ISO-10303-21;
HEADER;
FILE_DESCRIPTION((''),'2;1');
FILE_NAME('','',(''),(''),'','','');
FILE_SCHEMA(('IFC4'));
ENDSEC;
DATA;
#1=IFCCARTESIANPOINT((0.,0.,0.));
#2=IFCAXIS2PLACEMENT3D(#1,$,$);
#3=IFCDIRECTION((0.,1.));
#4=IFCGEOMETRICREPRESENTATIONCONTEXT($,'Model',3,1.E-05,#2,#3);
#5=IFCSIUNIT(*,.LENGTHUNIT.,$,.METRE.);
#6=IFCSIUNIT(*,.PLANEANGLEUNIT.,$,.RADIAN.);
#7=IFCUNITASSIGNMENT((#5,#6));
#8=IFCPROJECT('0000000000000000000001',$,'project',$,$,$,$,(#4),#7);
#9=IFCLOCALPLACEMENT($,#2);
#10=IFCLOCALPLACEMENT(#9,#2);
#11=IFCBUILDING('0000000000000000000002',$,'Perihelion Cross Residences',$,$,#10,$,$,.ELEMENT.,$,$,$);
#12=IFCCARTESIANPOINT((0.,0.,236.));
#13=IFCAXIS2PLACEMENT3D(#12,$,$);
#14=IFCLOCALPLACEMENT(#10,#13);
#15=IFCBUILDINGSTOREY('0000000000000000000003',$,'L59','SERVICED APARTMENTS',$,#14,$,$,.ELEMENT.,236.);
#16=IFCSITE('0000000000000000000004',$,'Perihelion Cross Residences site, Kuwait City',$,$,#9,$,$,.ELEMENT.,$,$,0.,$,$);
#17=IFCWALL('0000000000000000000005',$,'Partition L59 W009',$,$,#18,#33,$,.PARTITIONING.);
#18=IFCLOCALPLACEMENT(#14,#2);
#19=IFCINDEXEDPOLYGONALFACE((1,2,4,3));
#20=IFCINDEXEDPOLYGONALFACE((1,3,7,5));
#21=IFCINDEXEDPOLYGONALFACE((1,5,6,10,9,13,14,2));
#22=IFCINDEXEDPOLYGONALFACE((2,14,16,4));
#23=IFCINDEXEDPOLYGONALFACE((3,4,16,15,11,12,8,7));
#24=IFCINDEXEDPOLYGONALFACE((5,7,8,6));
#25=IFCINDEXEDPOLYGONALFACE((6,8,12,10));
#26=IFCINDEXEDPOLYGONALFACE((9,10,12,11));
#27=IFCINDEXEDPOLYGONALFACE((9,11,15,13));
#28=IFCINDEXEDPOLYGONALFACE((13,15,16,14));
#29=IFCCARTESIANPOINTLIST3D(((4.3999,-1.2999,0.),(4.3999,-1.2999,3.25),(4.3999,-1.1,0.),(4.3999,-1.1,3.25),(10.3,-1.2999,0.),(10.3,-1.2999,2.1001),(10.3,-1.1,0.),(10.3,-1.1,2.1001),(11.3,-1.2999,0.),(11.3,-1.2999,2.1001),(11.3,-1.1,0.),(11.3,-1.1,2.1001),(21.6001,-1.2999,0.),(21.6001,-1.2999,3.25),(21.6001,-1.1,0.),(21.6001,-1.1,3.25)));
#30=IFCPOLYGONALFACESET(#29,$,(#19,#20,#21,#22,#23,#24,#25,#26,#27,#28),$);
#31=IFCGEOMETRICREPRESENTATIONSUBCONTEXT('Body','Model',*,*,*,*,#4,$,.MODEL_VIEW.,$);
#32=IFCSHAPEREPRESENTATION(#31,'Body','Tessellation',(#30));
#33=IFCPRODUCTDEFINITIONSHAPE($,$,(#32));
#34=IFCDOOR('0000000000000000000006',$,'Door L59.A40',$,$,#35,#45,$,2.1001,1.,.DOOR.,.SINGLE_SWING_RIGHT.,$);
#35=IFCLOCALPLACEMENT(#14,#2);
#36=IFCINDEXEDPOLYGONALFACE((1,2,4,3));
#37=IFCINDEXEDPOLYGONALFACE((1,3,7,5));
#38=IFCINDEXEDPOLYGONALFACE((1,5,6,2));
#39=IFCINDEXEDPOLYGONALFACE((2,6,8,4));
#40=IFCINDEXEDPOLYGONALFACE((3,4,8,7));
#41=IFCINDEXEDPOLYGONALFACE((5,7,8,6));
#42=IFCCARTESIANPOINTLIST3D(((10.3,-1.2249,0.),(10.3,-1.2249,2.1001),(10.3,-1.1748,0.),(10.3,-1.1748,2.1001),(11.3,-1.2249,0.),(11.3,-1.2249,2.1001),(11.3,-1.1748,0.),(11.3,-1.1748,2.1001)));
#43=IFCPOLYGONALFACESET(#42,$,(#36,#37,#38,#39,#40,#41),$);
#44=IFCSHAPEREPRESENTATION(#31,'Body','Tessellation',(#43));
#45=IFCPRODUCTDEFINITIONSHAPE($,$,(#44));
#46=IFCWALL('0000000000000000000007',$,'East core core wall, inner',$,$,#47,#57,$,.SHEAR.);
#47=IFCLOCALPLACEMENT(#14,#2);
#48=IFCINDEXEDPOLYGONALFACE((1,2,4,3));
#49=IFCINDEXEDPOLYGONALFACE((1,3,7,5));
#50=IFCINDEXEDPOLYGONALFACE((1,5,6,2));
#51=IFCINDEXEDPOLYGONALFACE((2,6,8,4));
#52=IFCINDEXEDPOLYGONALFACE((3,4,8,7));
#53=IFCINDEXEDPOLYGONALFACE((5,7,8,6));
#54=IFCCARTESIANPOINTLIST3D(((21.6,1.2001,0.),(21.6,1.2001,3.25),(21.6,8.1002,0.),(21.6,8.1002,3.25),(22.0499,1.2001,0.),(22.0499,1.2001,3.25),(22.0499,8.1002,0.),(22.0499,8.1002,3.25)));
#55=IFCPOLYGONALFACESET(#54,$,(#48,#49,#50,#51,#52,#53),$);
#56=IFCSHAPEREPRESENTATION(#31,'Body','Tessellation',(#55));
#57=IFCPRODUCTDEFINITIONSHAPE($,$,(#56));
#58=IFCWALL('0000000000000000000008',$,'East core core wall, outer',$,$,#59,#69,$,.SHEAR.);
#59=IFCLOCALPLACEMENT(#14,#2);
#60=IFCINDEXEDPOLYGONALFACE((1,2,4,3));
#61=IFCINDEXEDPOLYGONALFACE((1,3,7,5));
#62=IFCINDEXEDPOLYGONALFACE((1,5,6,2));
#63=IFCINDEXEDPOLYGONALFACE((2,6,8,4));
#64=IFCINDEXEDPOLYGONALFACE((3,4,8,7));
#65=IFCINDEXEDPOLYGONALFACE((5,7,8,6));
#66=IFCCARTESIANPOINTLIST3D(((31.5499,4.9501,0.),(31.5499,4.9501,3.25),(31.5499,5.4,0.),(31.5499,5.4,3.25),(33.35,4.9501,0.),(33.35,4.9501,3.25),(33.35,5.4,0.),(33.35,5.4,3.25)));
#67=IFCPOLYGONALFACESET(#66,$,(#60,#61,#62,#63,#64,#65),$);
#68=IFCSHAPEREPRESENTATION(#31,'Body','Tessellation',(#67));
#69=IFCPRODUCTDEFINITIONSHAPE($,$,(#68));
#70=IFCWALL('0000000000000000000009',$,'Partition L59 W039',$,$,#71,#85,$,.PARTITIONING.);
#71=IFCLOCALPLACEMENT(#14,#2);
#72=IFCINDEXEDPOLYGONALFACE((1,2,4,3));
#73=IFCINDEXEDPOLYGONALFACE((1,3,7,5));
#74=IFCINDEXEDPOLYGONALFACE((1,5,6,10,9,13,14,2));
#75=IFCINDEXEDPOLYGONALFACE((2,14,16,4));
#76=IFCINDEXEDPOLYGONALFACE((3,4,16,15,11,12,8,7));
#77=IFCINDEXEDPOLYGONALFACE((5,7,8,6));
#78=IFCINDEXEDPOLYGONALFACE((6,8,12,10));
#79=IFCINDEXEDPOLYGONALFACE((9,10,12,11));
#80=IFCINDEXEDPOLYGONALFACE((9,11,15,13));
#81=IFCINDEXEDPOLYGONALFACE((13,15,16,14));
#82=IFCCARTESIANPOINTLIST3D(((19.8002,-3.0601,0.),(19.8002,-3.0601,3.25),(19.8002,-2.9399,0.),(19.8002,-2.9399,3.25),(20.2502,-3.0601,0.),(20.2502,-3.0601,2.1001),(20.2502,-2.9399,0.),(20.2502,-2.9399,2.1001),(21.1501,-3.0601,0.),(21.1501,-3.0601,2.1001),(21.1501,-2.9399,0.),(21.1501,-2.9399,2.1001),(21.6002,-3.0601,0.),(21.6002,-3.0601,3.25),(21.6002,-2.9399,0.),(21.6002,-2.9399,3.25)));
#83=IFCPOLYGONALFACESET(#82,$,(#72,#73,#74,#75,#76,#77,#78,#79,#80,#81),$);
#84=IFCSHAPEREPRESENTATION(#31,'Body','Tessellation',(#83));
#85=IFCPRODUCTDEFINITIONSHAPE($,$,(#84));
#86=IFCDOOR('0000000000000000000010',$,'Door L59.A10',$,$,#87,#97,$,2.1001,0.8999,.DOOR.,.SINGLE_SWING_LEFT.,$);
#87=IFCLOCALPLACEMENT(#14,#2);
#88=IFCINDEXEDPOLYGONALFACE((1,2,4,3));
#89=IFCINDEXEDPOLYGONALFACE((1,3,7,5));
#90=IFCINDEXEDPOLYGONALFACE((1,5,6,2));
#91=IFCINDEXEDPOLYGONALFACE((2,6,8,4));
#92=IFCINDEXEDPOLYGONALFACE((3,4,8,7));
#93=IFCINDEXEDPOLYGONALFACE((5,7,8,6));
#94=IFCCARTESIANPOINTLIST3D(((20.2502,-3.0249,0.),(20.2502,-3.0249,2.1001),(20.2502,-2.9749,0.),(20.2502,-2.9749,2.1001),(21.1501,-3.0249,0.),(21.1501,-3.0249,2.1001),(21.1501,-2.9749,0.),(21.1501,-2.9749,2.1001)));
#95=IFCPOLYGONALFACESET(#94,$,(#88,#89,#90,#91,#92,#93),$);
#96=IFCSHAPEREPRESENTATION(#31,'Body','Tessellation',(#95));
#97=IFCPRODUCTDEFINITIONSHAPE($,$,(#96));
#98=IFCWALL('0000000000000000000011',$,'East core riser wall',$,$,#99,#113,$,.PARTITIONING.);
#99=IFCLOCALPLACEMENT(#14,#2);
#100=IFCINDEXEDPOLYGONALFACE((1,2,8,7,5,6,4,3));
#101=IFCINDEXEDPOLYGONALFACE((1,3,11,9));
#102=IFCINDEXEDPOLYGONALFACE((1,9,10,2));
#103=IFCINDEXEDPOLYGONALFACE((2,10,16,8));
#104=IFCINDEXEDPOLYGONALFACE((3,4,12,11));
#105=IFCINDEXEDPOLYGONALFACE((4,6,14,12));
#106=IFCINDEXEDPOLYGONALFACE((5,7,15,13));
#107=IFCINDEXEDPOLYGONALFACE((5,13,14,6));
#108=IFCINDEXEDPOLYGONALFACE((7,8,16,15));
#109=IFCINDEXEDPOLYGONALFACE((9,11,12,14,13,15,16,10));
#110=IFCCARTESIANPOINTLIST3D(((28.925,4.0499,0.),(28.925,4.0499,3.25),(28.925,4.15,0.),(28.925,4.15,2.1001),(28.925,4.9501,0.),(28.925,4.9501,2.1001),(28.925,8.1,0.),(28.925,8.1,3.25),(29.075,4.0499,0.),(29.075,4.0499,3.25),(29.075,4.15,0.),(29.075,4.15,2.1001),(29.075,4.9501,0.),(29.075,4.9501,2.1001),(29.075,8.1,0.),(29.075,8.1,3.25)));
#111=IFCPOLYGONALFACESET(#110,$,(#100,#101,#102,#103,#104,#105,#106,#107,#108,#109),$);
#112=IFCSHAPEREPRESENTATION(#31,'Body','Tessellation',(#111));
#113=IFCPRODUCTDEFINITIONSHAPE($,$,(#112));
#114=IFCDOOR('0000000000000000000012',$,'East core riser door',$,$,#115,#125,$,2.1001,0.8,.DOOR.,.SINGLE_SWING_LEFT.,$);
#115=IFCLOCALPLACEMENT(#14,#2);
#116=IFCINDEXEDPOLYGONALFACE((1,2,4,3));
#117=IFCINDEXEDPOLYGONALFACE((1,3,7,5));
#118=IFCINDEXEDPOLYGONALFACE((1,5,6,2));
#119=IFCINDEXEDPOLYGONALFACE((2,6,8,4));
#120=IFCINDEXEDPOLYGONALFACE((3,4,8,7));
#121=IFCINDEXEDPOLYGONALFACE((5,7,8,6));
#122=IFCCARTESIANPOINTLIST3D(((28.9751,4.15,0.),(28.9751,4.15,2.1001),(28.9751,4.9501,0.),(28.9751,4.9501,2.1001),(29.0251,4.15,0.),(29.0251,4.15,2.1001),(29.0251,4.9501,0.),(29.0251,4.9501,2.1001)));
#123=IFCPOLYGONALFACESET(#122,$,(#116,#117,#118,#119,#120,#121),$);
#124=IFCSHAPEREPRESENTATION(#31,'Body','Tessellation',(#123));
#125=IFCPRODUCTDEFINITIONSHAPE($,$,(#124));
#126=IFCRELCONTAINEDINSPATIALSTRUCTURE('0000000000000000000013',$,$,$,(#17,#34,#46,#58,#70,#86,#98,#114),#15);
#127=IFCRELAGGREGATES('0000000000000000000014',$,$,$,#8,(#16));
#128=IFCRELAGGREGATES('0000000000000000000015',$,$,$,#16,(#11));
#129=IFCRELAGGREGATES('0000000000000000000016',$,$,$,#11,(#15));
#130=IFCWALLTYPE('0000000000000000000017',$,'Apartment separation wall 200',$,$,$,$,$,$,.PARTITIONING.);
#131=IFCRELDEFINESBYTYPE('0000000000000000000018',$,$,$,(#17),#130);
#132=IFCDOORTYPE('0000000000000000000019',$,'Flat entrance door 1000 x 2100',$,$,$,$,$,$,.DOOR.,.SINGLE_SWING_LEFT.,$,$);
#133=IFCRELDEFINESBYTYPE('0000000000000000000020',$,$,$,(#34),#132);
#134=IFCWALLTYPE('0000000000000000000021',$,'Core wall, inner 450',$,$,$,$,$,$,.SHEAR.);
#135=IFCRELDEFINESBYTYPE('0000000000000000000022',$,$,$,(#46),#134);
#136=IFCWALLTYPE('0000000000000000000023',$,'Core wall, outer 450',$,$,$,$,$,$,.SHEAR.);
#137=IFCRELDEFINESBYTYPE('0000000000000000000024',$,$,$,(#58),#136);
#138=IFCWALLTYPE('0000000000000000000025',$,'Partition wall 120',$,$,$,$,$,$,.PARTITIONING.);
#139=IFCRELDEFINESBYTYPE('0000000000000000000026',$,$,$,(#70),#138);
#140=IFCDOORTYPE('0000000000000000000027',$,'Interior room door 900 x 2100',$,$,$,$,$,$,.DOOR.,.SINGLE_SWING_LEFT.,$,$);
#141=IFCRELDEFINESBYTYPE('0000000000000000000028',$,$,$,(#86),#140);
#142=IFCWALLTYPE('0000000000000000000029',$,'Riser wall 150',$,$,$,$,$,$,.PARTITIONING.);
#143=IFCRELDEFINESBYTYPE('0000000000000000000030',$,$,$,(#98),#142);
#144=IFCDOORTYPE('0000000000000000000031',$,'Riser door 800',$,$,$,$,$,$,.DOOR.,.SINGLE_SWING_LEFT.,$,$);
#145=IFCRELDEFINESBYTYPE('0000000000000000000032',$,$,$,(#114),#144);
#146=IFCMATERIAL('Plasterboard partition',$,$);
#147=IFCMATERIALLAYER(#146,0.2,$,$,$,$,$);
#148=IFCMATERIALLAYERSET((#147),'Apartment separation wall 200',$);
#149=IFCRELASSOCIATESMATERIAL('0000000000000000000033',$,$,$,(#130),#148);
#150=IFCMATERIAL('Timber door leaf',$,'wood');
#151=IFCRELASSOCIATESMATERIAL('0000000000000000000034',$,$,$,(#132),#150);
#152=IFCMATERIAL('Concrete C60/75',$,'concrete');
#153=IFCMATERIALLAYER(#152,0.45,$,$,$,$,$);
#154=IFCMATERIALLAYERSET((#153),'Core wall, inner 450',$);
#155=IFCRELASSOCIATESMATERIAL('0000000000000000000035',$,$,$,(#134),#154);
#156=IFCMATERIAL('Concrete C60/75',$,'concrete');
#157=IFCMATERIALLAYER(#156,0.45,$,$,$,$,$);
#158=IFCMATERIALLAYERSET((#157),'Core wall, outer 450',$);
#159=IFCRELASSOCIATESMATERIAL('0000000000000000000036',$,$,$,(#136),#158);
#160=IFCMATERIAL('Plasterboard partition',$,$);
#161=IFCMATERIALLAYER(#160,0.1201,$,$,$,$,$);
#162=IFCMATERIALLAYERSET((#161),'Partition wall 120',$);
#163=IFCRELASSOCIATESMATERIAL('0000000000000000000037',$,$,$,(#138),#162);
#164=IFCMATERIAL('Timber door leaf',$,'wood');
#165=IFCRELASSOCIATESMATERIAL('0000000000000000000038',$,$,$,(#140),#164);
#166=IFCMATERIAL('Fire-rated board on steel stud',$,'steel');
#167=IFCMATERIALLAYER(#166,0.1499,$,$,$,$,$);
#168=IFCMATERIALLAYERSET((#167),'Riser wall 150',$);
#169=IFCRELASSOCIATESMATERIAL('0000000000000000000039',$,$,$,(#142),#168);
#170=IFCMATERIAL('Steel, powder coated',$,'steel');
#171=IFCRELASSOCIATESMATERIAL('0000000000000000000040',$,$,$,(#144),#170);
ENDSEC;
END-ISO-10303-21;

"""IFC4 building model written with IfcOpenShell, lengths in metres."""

from ifc_helpers import new_model, si_unit, direction, frame, frame_2d, origin, place, context, subcontext, project, spatial, rectangle, extrude, material, layer, layer_set, type_object, element, fill, save


model = new_model("IFC4")

# Units and contexts
model_context = context("Model", 3, precision=1e-05, world=origin(), true_north=direction((0.0, 1.0)))
body_context = subcontext(model_context, "Body", "Model", "MODEL_VIEW")
ifc_project = project(units=[si_unit("LENGTHUNIT", "METRE"), si_unit("PLANEANGLEUNIT", "RADIAN")], contexts=[model_context])

# Site, building, storey
site_placement = place(None, origin())
site = spatial("IfcSite", under=ifc_project, at=site_placement, Name="Perihelion Cross Residences site, Kuwait City", CompositionType="ELEMENT", RefElevation=0.0)
building_placement = place(site_placement, origin())
building = spatial("IfcBuilding", under=site, at=building_placement, Name="Perihelion Cross Residences", CompositionType="ELEMENT")
storey_placement = place(building_placement, frame((0.0, 0.0, 236.0)))
storey = spatial("IfcBuildingStorey", under=building, at=storey_placement, Name="L59", Description="SERVICED APARTMENTS", CompositionType="ELEMENT", Elevation=236.0)

# Wall, opening, door
ifc_material_1 = material(Name="Plasterboard partition")
ifc_layer_1 = layer(ifc_material_1, 0.2)
ifc_layer_set_1 = layer_set([ifc_layer_1], Name="Apartment separation wall 200")
wall_type_1 = type_object("IfcWallType", Name="Apartment separation wall 200", PredefinedType="PARTITIONING", material=ifc_layer_set_1)
wall_1_placement = place(storey_placement, frame((21.6001, -1.2, 0.0), z_axis=(0.0, 0.0, 1.0), x_axis=(-1.0, 0.0, 0.0)))
wall_1 = element("IfcWall", 1, at=wall_1_placement, inside=storey, type_object=wall_type_1, Name="Partition L59 W009", PredefinedType="PARTITIONING", context=body_context, shape_type="SweptSolid", body=[
    extrude(rectangle(XDim=17.2002, YDim=0.2, at=frame_2d((8.6001, 0.0))), origin(), (0.0, 0.0, 1.0), 3.25),
])
opening_1_placement = place(wall_1_placement, frame((10.3, 0.0, 0.0)))
opening_1 = element("IfcOpeningElement", 2, at=opening_1_placement, cuts=wall_1, PredefinedType="OPENING", context=body_context, shape_type="SweptSolid", body=[
    extrude(rectangle(XDim=1.0, YDim=2.1001, at=frame_2d((0.5, 1.05))), frame((0.0, 0.1099, 0.0), z_axis=(0.0, -1.0, 0.0), x_axis=(1.0, 0.0, 0.0)), (0.0, 0.0, 1.0), 0.22),
])
ifc_material_2 = material(Name="Timber door leaf", Category="wood")
door_type_1 = type_object("IfcDoorType", Name="Flat entrance door 1000 x 2100", OperationType="SINGLE_SWING_LEFT", PredefinedType="DOOR", material=ifc_material_2)
door_1_placement = place(opening_1_placement, origin())
door_1 = element("IfcDoor", 3, at=door_1_placement, inside=storey, type_object=door_type_1, Name="Door L59.A40", OperationType="SINGLE_SWING_RIGHT", OverallHeight=2.1001, OverallWidth=1.0, PredefinedType="DOOR", context=body_context, shape_type="SweptSolid", body=[
    extrude(rectangle(XDim=1.0, YDim=2.1001, at=frame_2d((0.5, 1.05))), frame((0.0, 0.0249, 0.0), z_axis=(0.0, -1.0, 0.0), x_axis=(1.0, 0.0, 0.0)), (0.0, 0.0, 1.0), 0.05),
])
fill(opening_1, door_1)

# Walls
ifc_material_3 = material(Name="Concrete C60/75", Category="concrete")
ifc_layer_2 = layer(ifc_material_3, 0.45)
ifc_layer_set_2 = layer_set([ifc_layer_2], Name="Core wall, inner 450")
wall_type_2 = type_object("IfcWallType", Name="Core wall, inner 450", PredefinedType="SHEAR", material=ifc_layer_set_2)
wall_2_placement = place(storey_placement, frame((21.825, 1.2, 0.0), z_axis=(0.0, 0.0, 1.0), x_axis=(0.0, 1.0, 0.0)))
element("IfcWall", 4, at=wall_2_placement, inside=storey, type_object=wall_type_2, Name="East core core wall, inner", PredefinedType="SHEAR", context=body_context, shape_type="SweptSolid", body=[
    extrude(rectangle(XDim=6.9001, YDim=0.45, at=frame_2d((3.4502, 0.0))), origin(), (0.0, 0.0, 1.0), 3.25),
])
ifc_material_4 = material(Name="Concrete C60/75", Category="concrete")
ifc_layer_3 = layer(ifc_material_4, 0.45)
ifc_layer_set_3 = layer_set([ifc_layer_3], Name="Core wall, outer 450")
wall_type_3 = type_object("IfcWallType", Name="Core wall, outer 450", PredefinedType="SHEAR", material=ifc_layer_set_3)
wall_3_placement = place(storey_placement, frame((31.55, 5.175, 0.0), z_axis=(0.0, 0.0, 1.0), x_axis=(1.0, 0.0, 0.0)))
element("IfcWall", 5, at=wall_3_placement, inside=storey, type_object=wall_type_3, Name="East core core wall, outer", PredefinedType="SHEAR", context=body_context, shape_type="SweptSolid", body=[
    extrude(rectangle(XDim=1.8, YDim=0.45, at=frame_2d((0.8999, 0.0))), origin(), (0.0, 0.0, 1.0), 3.25),
])

# Walls, openings, doors
ifc_material_5 = material(Name="Plasterboard partition")
ifc_layer_4 = layer(ifc_material_5, 0.1201)
ifc_layer_set_4 = layer_set([ifc_layer_4], Name="Partition wall 120")
wall_type_4 = type_object("IfcWallType", Name="Partition wall 120", PredefinedType="PARTITIONING", material=ifc_layer_set_4)
wall_4_placement = place(storey_placement, frame((21.6001, -3.0, 0.0), z_axis=(0.0, 0.0, 1.0), x_axis=(-1.0, 0.0, 0.0)))
wall_4 = element("IfcWall", 6, at=wall_4_placement, inside=storey, type_object=wall_type_4, Name="Partition L59 W039", PredefinedType="PARTITIONING", context=body_context, shape_type="SweptSolid", body=[
    extrude(rectangle(XDim=1.8, YDim=0.1201, at=frame_2d((0.8999, 0.0))), origin(), (0.0, 0.0, 1.0), 3.25),
])
opening_2_placement = place(wall_4_placement, frame((0.45, 0.0, 0.0)))
opening_2 = element("IfcOpeningElement", 7, at=opening_2_placement, cuts=wall_4, PredefinedType="OPENING", context=body_context, shape_type="SweptSolid", body=[
    extrude(rectangle(XDim=0.8999, YDim=2.1001, at=frame_2d((0.45, 1.05))), frame((0.0, 0.0701, 0.0), z_axis=(0.0, -1.0, 0.0), x_axis=(1.0, 0.0, 0.0)), (0.0, 0.0, 1.0), 0.1401),
])
ifc_material_6 = material(Name="Timber door leaf", Category="wood")
door_type_2 = type_object("IfcDoorType", Name="Interior room door 900 x 2100", OperationType="SINGLE_SWING_LEFT", PredefinedType="DOOR", material=ifc_material_6)
door_2_placement = place(opening_2_placement, origin())
door_2 = element("IfcDoor", 8, at=door_2_placement, inside=storey, type_object=door_type_2, Name="Door L59.A10", OperationType="SINGLE_SWING_LEFT", OverallHeight=2.1001, OverallWidth=0.8999, PredefinedType="DOOR", context=body_context, shape_type="SweptSolid", body=[
    extrude(rectangle(XDim=0.8999, YDim=2.1001, at=frame_2d((0.45, 1.05))), frame((0.0, 0.0249, 0.0), z_axis=(0.0, -1.0, 0.0), x_axis=(1.0, 0.0, 0.0)), (0.0, 0.0, 1.0), 0.05),
])
fill(opening_2, door_2)
ifc_material_7 = material(Name="Fire-rated board on steel stud", Category="steel")
ifc_layer_5 = layer(ifc_material_7, 0.1499)
ifc_layer_set_5 = layer_set([ifc_layer_5], Name="Riser wall 150")
wall_type_5 = type_object("IfcWallType", Name="Riser wall 150", PredefinedType="PARTITIONING", material=ifc_layer_set_5)
wall_5_placement = place(storey_placement, frame((29.0, 4.05, 0.0), z_axis=(0.0, 0.0, 1.0), x_axis=(0.0, 1.0, 0.0)))
wall_5 = element("IfcWall", 9, at=wall_5_placement, inside=storey, type_object=wall_type_5, Name="East core riser wall", PredefinedType="PARTITIONING", context=body_context, shape_type="SweptSolid", body=[
    extrude(rectangle(XDim=4.05, YDim=0.1499, at=frame_2d((2.0249, 0.0))), origin(), (0.0, 0.0, 1.0), 3.25),
])
opening_3_placement = place(wall_5_placement, frame((0.1001, 0.0, 0.0)))
opening_3 = element("IfcOpeningElement", 10, at=opening_3_placement, cuts=wall_5, PredefinedType="OPENING", context=body_context, shape_type="SweptSolid", body=[
    extrude(rectangle(XDim=0.8, YDim=2.1001, at=frame_2d((0.3999, 1.05))), frame((0.0, 0.085, 0.0), z_axis=(0.0, -1.0, 0.0), x_axis=(1.0, 0.0, 0.0)), (0.0, 0.0, 1.0), 0.1699),
])
ifc_material_8 = material(Name="Steel, powder coated", Category="steel")
door_type_3 = type_object("IfcDoorType", Name="Riser door 800", OperationType="SINGLE_SWING_LEFT", PredefinedType="DOOR", material=ifc_material_8)
door_3_placement = place(opening_3_placement, origin())
door_3 = element("IfcDoor", 11, at=door_3_placement, inside=storey, type_object=door_type_3, Name="East core riser door", OperationType="SINGLE_SWING_LEFT", OverallHeight=2.1001, OverallWidth=0.8, PredefinedType="DOOR", context=body_context, shape_type="SweptSolid", body=[
    extrude(rectangle(XDim=0.8, YDim=2.1001, at=frame_2d((0.3999, 1.05))), frame((0.0, 0.0249, 0.0), z_axis=(0.0, -1.0, 0.0), x_axis=(1.0, 0.0, 0.0)), (0.0, 0.0, 1.0), 0.05),
])
fill(opening_3, door_3)

save(model, "model.ifc")
